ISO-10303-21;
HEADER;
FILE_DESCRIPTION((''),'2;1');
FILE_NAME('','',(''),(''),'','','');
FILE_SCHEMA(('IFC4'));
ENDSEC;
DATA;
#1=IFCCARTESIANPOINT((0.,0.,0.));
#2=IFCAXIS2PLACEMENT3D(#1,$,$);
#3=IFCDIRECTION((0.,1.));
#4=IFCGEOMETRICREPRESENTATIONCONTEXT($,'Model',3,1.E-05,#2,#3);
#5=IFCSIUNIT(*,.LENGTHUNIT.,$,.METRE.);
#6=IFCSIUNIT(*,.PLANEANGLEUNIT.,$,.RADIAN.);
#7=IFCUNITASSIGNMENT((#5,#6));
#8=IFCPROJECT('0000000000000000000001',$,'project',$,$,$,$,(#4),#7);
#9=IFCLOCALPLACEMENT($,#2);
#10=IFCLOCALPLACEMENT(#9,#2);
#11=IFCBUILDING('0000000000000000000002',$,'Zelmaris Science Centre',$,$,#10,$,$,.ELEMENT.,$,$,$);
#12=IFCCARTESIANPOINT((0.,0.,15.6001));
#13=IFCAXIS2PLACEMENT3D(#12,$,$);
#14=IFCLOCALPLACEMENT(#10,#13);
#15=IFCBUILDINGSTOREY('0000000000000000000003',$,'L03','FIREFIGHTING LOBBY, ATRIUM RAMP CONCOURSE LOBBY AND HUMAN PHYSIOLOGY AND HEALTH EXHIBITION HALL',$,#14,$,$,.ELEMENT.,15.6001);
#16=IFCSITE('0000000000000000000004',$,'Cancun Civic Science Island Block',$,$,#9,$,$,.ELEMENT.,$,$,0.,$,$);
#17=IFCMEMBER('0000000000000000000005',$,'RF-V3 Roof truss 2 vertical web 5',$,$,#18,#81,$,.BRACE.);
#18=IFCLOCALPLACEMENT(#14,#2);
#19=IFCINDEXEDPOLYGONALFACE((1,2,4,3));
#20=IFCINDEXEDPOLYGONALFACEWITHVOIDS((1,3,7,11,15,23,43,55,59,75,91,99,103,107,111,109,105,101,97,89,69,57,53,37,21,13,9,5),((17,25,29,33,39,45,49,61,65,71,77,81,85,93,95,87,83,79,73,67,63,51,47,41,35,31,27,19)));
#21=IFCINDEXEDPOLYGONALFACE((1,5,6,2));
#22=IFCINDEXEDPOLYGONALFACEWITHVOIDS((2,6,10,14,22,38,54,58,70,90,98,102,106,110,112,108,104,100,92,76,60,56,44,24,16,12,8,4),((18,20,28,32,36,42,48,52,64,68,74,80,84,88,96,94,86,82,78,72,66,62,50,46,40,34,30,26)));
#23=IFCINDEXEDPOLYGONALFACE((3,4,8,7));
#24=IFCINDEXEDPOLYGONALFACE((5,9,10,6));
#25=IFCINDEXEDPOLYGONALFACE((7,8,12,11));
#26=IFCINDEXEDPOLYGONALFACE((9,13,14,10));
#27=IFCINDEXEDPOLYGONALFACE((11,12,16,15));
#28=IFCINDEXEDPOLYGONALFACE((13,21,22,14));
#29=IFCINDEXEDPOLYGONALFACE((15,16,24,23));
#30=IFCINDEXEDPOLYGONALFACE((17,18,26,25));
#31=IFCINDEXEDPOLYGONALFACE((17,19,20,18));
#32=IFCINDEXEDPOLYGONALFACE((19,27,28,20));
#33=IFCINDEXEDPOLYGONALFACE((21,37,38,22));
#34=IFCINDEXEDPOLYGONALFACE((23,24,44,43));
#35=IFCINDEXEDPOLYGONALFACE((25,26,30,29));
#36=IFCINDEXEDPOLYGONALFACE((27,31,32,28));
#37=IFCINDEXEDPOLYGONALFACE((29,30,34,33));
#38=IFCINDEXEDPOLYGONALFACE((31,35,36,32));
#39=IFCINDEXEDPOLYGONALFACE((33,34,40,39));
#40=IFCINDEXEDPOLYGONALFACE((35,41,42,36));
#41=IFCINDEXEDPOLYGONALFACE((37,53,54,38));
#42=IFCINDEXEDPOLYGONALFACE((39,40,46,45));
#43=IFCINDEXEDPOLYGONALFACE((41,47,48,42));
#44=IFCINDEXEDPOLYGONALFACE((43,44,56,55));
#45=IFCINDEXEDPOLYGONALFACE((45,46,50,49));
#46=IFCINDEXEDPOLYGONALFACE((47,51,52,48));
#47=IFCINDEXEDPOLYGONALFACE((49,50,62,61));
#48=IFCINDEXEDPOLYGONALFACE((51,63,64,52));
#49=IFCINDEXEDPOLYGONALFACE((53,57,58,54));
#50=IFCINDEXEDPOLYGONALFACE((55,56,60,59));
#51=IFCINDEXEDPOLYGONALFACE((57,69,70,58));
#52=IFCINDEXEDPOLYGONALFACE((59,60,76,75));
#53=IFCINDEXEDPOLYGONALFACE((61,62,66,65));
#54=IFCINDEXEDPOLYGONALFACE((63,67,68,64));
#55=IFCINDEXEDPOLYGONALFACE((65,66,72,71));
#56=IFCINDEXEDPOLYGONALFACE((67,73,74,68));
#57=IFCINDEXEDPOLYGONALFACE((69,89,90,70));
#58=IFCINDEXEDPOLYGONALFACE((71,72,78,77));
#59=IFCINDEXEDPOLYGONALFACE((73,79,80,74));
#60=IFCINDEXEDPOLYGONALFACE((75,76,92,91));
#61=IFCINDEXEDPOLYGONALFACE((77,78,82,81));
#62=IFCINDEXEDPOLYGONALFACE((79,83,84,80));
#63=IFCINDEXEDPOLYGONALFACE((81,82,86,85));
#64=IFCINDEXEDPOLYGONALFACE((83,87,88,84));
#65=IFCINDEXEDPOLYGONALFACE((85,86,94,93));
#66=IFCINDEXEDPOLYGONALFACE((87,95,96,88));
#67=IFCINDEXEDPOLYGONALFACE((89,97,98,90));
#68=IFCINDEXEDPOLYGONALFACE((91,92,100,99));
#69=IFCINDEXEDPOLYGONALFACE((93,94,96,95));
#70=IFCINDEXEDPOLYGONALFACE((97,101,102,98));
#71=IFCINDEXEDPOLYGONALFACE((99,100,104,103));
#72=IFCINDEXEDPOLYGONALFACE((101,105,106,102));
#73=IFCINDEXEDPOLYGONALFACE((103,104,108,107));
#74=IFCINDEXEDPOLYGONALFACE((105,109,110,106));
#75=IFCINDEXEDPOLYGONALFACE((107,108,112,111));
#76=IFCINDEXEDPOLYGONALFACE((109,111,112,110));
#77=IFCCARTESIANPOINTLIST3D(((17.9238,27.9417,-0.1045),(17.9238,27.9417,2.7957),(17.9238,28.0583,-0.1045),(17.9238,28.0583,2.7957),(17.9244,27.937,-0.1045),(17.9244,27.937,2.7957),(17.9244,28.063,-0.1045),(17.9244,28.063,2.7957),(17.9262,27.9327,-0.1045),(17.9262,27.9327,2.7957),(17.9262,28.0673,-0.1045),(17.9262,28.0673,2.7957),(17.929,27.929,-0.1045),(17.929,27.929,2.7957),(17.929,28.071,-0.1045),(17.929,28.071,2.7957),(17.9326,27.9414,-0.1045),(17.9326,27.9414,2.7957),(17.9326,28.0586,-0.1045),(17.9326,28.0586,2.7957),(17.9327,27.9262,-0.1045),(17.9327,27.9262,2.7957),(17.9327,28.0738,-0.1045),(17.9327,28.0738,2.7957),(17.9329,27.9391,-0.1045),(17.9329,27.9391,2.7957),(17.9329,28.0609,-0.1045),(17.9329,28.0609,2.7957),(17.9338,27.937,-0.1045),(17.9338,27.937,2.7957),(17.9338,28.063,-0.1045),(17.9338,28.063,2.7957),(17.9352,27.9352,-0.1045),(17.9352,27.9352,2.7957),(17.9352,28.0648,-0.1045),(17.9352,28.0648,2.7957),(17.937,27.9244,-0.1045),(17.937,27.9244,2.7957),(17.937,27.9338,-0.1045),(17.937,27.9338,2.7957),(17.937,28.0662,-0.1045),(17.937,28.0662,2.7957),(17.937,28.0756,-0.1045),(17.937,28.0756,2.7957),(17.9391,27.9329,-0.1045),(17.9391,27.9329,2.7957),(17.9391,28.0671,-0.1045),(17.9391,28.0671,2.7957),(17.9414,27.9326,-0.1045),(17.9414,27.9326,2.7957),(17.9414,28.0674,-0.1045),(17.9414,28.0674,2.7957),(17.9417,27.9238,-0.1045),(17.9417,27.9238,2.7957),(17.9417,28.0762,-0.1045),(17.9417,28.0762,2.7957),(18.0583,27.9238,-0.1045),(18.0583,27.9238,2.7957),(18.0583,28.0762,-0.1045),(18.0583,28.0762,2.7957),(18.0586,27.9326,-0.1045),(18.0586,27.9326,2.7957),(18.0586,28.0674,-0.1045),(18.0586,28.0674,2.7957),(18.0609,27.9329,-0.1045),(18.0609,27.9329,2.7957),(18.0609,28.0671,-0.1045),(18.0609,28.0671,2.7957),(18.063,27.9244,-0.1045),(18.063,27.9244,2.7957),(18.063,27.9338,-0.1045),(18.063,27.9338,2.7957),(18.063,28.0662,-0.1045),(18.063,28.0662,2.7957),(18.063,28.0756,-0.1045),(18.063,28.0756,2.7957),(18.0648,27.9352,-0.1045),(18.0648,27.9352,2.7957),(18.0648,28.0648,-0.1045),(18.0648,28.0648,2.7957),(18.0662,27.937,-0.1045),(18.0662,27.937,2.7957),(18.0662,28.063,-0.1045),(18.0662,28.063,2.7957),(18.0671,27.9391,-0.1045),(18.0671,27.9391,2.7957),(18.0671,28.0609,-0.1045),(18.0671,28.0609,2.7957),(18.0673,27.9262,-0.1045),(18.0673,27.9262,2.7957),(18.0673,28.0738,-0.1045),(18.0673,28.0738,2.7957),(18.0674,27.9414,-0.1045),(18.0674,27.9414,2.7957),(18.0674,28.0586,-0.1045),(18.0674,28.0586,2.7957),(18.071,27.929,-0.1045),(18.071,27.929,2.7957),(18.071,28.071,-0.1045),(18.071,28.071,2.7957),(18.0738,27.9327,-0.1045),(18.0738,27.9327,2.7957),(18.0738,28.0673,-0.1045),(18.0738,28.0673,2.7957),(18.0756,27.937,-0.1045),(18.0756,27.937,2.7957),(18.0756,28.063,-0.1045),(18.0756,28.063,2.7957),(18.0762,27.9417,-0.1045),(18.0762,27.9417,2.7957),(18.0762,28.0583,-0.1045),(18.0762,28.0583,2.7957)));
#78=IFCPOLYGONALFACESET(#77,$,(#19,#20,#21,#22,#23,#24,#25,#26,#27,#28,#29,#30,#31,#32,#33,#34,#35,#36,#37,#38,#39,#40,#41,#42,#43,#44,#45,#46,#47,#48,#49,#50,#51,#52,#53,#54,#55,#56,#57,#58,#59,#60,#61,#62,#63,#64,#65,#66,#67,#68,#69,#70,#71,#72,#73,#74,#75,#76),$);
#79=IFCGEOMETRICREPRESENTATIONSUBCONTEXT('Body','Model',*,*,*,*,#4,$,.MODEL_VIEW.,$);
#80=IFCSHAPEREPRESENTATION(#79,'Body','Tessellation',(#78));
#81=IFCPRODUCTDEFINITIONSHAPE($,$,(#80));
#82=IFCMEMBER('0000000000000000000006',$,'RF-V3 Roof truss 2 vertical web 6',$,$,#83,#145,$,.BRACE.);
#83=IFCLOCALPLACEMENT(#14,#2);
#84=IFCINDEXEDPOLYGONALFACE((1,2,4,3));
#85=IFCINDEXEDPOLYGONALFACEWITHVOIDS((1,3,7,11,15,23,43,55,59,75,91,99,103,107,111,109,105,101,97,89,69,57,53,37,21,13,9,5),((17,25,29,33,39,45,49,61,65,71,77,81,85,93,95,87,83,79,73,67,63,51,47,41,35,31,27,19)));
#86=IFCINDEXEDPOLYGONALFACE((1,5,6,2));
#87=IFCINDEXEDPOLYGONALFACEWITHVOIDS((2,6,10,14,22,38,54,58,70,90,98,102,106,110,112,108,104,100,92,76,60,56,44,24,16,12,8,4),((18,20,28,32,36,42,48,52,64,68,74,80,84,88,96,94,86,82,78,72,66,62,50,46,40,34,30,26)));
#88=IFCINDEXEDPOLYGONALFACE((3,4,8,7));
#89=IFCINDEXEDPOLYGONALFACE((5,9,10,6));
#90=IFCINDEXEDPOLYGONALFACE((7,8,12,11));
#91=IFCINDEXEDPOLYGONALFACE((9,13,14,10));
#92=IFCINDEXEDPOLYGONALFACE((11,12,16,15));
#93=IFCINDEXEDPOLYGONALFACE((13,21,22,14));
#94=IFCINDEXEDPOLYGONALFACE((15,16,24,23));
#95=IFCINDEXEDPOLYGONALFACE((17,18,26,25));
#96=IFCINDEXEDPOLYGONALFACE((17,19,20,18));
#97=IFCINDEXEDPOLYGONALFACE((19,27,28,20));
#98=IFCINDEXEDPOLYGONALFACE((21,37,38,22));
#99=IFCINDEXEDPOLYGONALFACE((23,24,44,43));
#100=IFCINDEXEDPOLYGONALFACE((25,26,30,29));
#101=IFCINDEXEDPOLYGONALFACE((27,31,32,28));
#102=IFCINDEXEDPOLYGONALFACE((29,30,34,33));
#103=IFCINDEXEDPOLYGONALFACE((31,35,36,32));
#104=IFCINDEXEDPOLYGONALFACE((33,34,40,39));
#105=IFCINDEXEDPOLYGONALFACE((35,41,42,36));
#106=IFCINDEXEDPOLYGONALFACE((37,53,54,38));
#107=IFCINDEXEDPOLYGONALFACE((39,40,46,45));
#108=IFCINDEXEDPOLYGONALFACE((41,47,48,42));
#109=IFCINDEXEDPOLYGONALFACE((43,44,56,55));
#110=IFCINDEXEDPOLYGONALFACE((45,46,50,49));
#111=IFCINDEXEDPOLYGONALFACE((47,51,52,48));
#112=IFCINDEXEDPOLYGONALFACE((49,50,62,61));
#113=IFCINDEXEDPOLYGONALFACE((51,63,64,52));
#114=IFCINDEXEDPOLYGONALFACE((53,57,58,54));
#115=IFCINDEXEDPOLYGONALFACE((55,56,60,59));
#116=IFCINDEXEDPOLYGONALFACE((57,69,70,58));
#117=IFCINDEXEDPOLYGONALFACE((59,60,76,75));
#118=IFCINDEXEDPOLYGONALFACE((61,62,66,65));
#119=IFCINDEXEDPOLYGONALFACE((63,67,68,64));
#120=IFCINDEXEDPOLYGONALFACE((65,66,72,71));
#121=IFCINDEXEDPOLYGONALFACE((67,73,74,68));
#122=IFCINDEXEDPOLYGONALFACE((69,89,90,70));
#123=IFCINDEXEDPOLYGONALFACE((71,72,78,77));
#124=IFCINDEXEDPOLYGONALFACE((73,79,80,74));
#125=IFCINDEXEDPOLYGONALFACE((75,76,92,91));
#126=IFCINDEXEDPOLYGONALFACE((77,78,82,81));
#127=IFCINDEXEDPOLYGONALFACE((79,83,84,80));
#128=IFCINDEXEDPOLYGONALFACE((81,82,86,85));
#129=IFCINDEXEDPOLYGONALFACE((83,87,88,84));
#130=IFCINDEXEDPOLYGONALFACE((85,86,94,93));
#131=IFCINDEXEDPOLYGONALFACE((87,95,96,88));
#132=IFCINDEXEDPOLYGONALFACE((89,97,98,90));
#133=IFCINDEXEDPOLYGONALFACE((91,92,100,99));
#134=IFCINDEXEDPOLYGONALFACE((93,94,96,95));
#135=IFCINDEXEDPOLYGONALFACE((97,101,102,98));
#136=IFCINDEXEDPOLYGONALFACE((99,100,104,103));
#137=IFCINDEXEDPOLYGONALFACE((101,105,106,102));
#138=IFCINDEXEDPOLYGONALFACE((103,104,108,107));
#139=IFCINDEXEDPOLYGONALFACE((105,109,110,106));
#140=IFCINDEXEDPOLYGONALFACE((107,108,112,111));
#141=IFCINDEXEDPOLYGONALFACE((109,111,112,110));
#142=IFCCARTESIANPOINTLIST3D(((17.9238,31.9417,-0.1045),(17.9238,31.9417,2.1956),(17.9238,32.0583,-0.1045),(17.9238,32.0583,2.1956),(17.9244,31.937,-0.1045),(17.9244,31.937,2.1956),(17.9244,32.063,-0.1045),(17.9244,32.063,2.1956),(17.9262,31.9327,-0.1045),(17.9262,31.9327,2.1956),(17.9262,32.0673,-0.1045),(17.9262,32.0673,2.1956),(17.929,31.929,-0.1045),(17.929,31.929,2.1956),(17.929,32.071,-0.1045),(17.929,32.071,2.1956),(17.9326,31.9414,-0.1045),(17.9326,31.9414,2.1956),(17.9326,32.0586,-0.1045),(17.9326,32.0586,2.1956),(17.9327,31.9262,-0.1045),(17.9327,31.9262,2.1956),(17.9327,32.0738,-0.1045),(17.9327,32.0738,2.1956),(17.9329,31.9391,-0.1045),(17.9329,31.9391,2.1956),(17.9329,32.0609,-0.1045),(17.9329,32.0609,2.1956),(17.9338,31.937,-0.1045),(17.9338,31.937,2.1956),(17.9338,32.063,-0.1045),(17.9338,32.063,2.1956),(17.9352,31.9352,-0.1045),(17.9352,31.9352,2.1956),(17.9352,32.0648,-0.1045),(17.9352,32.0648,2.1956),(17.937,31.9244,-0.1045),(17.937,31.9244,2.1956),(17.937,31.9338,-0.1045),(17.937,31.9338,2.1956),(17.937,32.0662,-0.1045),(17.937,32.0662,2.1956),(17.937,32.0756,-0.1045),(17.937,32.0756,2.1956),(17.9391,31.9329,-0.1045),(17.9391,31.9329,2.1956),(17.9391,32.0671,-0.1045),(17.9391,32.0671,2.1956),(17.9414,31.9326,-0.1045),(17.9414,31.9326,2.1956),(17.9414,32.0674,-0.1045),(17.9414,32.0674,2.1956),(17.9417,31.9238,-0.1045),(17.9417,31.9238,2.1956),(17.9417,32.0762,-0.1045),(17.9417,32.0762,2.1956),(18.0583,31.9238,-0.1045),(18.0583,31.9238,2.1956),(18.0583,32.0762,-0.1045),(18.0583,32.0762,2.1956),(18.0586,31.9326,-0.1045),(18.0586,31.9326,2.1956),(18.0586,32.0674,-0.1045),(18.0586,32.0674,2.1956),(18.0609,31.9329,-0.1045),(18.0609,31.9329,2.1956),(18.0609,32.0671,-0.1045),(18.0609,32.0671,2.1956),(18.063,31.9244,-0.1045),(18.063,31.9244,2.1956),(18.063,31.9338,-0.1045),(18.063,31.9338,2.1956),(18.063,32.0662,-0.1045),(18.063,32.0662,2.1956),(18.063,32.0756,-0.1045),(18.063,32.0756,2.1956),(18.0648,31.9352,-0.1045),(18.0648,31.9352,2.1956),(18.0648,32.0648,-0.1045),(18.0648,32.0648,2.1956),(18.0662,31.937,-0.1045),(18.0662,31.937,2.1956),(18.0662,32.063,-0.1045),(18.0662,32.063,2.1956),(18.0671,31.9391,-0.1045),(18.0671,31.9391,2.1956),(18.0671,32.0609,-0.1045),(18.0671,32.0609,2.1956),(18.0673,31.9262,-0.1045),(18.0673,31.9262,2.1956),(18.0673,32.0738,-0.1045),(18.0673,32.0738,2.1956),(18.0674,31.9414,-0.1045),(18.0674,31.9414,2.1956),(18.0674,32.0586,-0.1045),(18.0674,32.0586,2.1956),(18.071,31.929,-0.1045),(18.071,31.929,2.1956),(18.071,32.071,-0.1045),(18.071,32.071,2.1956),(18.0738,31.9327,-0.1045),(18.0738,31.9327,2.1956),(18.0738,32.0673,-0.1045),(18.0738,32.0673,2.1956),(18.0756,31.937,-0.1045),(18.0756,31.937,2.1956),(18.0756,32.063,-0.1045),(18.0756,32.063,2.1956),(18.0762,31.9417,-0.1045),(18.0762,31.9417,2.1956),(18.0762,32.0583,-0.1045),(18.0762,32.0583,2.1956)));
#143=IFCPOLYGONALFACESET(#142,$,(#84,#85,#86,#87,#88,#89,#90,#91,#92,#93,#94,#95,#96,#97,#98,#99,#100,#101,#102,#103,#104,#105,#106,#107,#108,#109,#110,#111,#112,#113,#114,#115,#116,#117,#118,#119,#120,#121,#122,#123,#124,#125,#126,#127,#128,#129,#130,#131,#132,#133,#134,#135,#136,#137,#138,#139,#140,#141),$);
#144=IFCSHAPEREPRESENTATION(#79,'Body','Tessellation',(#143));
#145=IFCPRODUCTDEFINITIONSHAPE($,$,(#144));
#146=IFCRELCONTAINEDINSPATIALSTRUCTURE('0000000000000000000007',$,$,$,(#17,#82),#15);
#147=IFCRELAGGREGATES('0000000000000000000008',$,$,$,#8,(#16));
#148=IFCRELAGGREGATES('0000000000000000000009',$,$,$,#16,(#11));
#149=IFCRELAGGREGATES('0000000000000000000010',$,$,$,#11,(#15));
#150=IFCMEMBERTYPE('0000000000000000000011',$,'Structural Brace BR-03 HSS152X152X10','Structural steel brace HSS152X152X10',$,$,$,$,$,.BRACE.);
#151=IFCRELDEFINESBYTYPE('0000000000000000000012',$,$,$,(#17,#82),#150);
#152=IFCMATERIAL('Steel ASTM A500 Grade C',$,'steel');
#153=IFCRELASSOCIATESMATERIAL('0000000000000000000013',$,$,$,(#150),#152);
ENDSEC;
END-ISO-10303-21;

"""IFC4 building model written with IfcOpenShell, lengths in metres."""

from ifc_helpers import new_model, si_unit, direction, frame, origin, origin_2d, place, context, subcontext, project, spatial, hollow_rectangle, extrude, material, material_profile, profile_set, type_object, element, save


model = new_model("IFC4")

# Units and contexts
model_context = context("Model", 3, precision=1e-05, world=origin(), true_north=direction((0.0, 1.0)))
body_context = subcontext(model_context, "Body", "Model", "MODEL_VIEW")
ifc_project = project(units=[si_unit("LENGTHUNIT", "METRE"), si_unit("PLANEANGLEUNIT", "RADIAN")], contexts=[model_context])

# Site, building, storey
site_placement = place(None, origin())
site = spatial("IfcSite", under=ifc_project, at=site_placement, Name="Cancun Civic Science Island Block", CompositionType="ELEMENT", RefElevation=0.0)
building_placement = place(site_placement, origin())
building = spatial("IfcBuilding", under=site, at=building_placement, Name="Zelmaris Science Centre", CompositionType="ELEMENT")
storey_placement = place(building_placement, frame((0.0, 0.0, 15.6001)))
storey = spatial("IfcBuildingStorey", under=building, at=storey_placement, Name="L03", Description="FIREFIGHTING LOBBY, ATRIUM RAMP CONCOURSE LOBBY AND HUMAN PHYSIOLOGY AND HEALTH EXHIBITION HALL", CompositionType="ELEMENT", Elevation=15.6001)

# Shared definitions
ifc_material_1 = material(Name="Steel ASTM A500 Grade C", Category="steel")

# Members
ifc_material_profile_1 = material_profile(ifc_material_1, hollow_rectangle(XDim=0.1523, YDim=0.1523, WallThickness=0.0088, InnerFilletRadius=0.0088, OuterFilletRadius=0.0178, at=origin_2d()), Name="HSS152X152X10")
ifc_profile_set_1 = profile_set([ifc_material_profile_1], Name="Steel ASTM A500 Grade C")
member_type_1 = type_object("IfcMemberType", Name="Structural Brace BR-03 HSS152X152X10", Description="Structural steel brace HSS152X152X10", PredefinedType="BRACE", material=ifc_profile_set_1)
member_1_placement = place(storey_placement, frame((18.0, 28.0, -0.1045), z_axis=(0.0, 0.0, 1.0), x_axis=(1.0, 0.0, 0.0)))
element("IfcMember", 1, at=member_1_placement, inside=storey, type_object=member_type_1, Name="RF-V3 Roof truss 2 vertical web 5", PredefinedType="BRACE", context=body_context, shape_type="SweptSolid", body=[
    extrude(hollow_rectangle(XDim=0.1523, YDim=0.1523, WallThickness=0.0088, InnerFilletRadius=0.0088, OuterFilletRadius=0.0178, at=origin_2d()), origin(), (0.0, 0.0, 1.0), 2.9001),
])
member_2_placement = place(storey_placement, frame((18.0, 32.0, -0.1045), z_axis=(0.0, 0.0, 1.0), x_axis=(1.0, 0.0, 0.0)))
element("IfcMember", 2, at=member_2_placement, inside=storey, type_object=member_type_1, Name="RF-V3 Roof truss 2 vertical web 6", PredefinedType="BRACE", context=body_context, shape_type="SweptSolid", body=[
    extrude(hollow_rectangle(XDim=0.1523, YDim=0.1523, WallThickness=0.0088, InnerFilletRadius=0.0088, OuterFilletRadius=0.0178, at=origin_2d()), origin(), (0.0, 0.0, 1.0), 2.3),
])

save(model, "model.ifc")
